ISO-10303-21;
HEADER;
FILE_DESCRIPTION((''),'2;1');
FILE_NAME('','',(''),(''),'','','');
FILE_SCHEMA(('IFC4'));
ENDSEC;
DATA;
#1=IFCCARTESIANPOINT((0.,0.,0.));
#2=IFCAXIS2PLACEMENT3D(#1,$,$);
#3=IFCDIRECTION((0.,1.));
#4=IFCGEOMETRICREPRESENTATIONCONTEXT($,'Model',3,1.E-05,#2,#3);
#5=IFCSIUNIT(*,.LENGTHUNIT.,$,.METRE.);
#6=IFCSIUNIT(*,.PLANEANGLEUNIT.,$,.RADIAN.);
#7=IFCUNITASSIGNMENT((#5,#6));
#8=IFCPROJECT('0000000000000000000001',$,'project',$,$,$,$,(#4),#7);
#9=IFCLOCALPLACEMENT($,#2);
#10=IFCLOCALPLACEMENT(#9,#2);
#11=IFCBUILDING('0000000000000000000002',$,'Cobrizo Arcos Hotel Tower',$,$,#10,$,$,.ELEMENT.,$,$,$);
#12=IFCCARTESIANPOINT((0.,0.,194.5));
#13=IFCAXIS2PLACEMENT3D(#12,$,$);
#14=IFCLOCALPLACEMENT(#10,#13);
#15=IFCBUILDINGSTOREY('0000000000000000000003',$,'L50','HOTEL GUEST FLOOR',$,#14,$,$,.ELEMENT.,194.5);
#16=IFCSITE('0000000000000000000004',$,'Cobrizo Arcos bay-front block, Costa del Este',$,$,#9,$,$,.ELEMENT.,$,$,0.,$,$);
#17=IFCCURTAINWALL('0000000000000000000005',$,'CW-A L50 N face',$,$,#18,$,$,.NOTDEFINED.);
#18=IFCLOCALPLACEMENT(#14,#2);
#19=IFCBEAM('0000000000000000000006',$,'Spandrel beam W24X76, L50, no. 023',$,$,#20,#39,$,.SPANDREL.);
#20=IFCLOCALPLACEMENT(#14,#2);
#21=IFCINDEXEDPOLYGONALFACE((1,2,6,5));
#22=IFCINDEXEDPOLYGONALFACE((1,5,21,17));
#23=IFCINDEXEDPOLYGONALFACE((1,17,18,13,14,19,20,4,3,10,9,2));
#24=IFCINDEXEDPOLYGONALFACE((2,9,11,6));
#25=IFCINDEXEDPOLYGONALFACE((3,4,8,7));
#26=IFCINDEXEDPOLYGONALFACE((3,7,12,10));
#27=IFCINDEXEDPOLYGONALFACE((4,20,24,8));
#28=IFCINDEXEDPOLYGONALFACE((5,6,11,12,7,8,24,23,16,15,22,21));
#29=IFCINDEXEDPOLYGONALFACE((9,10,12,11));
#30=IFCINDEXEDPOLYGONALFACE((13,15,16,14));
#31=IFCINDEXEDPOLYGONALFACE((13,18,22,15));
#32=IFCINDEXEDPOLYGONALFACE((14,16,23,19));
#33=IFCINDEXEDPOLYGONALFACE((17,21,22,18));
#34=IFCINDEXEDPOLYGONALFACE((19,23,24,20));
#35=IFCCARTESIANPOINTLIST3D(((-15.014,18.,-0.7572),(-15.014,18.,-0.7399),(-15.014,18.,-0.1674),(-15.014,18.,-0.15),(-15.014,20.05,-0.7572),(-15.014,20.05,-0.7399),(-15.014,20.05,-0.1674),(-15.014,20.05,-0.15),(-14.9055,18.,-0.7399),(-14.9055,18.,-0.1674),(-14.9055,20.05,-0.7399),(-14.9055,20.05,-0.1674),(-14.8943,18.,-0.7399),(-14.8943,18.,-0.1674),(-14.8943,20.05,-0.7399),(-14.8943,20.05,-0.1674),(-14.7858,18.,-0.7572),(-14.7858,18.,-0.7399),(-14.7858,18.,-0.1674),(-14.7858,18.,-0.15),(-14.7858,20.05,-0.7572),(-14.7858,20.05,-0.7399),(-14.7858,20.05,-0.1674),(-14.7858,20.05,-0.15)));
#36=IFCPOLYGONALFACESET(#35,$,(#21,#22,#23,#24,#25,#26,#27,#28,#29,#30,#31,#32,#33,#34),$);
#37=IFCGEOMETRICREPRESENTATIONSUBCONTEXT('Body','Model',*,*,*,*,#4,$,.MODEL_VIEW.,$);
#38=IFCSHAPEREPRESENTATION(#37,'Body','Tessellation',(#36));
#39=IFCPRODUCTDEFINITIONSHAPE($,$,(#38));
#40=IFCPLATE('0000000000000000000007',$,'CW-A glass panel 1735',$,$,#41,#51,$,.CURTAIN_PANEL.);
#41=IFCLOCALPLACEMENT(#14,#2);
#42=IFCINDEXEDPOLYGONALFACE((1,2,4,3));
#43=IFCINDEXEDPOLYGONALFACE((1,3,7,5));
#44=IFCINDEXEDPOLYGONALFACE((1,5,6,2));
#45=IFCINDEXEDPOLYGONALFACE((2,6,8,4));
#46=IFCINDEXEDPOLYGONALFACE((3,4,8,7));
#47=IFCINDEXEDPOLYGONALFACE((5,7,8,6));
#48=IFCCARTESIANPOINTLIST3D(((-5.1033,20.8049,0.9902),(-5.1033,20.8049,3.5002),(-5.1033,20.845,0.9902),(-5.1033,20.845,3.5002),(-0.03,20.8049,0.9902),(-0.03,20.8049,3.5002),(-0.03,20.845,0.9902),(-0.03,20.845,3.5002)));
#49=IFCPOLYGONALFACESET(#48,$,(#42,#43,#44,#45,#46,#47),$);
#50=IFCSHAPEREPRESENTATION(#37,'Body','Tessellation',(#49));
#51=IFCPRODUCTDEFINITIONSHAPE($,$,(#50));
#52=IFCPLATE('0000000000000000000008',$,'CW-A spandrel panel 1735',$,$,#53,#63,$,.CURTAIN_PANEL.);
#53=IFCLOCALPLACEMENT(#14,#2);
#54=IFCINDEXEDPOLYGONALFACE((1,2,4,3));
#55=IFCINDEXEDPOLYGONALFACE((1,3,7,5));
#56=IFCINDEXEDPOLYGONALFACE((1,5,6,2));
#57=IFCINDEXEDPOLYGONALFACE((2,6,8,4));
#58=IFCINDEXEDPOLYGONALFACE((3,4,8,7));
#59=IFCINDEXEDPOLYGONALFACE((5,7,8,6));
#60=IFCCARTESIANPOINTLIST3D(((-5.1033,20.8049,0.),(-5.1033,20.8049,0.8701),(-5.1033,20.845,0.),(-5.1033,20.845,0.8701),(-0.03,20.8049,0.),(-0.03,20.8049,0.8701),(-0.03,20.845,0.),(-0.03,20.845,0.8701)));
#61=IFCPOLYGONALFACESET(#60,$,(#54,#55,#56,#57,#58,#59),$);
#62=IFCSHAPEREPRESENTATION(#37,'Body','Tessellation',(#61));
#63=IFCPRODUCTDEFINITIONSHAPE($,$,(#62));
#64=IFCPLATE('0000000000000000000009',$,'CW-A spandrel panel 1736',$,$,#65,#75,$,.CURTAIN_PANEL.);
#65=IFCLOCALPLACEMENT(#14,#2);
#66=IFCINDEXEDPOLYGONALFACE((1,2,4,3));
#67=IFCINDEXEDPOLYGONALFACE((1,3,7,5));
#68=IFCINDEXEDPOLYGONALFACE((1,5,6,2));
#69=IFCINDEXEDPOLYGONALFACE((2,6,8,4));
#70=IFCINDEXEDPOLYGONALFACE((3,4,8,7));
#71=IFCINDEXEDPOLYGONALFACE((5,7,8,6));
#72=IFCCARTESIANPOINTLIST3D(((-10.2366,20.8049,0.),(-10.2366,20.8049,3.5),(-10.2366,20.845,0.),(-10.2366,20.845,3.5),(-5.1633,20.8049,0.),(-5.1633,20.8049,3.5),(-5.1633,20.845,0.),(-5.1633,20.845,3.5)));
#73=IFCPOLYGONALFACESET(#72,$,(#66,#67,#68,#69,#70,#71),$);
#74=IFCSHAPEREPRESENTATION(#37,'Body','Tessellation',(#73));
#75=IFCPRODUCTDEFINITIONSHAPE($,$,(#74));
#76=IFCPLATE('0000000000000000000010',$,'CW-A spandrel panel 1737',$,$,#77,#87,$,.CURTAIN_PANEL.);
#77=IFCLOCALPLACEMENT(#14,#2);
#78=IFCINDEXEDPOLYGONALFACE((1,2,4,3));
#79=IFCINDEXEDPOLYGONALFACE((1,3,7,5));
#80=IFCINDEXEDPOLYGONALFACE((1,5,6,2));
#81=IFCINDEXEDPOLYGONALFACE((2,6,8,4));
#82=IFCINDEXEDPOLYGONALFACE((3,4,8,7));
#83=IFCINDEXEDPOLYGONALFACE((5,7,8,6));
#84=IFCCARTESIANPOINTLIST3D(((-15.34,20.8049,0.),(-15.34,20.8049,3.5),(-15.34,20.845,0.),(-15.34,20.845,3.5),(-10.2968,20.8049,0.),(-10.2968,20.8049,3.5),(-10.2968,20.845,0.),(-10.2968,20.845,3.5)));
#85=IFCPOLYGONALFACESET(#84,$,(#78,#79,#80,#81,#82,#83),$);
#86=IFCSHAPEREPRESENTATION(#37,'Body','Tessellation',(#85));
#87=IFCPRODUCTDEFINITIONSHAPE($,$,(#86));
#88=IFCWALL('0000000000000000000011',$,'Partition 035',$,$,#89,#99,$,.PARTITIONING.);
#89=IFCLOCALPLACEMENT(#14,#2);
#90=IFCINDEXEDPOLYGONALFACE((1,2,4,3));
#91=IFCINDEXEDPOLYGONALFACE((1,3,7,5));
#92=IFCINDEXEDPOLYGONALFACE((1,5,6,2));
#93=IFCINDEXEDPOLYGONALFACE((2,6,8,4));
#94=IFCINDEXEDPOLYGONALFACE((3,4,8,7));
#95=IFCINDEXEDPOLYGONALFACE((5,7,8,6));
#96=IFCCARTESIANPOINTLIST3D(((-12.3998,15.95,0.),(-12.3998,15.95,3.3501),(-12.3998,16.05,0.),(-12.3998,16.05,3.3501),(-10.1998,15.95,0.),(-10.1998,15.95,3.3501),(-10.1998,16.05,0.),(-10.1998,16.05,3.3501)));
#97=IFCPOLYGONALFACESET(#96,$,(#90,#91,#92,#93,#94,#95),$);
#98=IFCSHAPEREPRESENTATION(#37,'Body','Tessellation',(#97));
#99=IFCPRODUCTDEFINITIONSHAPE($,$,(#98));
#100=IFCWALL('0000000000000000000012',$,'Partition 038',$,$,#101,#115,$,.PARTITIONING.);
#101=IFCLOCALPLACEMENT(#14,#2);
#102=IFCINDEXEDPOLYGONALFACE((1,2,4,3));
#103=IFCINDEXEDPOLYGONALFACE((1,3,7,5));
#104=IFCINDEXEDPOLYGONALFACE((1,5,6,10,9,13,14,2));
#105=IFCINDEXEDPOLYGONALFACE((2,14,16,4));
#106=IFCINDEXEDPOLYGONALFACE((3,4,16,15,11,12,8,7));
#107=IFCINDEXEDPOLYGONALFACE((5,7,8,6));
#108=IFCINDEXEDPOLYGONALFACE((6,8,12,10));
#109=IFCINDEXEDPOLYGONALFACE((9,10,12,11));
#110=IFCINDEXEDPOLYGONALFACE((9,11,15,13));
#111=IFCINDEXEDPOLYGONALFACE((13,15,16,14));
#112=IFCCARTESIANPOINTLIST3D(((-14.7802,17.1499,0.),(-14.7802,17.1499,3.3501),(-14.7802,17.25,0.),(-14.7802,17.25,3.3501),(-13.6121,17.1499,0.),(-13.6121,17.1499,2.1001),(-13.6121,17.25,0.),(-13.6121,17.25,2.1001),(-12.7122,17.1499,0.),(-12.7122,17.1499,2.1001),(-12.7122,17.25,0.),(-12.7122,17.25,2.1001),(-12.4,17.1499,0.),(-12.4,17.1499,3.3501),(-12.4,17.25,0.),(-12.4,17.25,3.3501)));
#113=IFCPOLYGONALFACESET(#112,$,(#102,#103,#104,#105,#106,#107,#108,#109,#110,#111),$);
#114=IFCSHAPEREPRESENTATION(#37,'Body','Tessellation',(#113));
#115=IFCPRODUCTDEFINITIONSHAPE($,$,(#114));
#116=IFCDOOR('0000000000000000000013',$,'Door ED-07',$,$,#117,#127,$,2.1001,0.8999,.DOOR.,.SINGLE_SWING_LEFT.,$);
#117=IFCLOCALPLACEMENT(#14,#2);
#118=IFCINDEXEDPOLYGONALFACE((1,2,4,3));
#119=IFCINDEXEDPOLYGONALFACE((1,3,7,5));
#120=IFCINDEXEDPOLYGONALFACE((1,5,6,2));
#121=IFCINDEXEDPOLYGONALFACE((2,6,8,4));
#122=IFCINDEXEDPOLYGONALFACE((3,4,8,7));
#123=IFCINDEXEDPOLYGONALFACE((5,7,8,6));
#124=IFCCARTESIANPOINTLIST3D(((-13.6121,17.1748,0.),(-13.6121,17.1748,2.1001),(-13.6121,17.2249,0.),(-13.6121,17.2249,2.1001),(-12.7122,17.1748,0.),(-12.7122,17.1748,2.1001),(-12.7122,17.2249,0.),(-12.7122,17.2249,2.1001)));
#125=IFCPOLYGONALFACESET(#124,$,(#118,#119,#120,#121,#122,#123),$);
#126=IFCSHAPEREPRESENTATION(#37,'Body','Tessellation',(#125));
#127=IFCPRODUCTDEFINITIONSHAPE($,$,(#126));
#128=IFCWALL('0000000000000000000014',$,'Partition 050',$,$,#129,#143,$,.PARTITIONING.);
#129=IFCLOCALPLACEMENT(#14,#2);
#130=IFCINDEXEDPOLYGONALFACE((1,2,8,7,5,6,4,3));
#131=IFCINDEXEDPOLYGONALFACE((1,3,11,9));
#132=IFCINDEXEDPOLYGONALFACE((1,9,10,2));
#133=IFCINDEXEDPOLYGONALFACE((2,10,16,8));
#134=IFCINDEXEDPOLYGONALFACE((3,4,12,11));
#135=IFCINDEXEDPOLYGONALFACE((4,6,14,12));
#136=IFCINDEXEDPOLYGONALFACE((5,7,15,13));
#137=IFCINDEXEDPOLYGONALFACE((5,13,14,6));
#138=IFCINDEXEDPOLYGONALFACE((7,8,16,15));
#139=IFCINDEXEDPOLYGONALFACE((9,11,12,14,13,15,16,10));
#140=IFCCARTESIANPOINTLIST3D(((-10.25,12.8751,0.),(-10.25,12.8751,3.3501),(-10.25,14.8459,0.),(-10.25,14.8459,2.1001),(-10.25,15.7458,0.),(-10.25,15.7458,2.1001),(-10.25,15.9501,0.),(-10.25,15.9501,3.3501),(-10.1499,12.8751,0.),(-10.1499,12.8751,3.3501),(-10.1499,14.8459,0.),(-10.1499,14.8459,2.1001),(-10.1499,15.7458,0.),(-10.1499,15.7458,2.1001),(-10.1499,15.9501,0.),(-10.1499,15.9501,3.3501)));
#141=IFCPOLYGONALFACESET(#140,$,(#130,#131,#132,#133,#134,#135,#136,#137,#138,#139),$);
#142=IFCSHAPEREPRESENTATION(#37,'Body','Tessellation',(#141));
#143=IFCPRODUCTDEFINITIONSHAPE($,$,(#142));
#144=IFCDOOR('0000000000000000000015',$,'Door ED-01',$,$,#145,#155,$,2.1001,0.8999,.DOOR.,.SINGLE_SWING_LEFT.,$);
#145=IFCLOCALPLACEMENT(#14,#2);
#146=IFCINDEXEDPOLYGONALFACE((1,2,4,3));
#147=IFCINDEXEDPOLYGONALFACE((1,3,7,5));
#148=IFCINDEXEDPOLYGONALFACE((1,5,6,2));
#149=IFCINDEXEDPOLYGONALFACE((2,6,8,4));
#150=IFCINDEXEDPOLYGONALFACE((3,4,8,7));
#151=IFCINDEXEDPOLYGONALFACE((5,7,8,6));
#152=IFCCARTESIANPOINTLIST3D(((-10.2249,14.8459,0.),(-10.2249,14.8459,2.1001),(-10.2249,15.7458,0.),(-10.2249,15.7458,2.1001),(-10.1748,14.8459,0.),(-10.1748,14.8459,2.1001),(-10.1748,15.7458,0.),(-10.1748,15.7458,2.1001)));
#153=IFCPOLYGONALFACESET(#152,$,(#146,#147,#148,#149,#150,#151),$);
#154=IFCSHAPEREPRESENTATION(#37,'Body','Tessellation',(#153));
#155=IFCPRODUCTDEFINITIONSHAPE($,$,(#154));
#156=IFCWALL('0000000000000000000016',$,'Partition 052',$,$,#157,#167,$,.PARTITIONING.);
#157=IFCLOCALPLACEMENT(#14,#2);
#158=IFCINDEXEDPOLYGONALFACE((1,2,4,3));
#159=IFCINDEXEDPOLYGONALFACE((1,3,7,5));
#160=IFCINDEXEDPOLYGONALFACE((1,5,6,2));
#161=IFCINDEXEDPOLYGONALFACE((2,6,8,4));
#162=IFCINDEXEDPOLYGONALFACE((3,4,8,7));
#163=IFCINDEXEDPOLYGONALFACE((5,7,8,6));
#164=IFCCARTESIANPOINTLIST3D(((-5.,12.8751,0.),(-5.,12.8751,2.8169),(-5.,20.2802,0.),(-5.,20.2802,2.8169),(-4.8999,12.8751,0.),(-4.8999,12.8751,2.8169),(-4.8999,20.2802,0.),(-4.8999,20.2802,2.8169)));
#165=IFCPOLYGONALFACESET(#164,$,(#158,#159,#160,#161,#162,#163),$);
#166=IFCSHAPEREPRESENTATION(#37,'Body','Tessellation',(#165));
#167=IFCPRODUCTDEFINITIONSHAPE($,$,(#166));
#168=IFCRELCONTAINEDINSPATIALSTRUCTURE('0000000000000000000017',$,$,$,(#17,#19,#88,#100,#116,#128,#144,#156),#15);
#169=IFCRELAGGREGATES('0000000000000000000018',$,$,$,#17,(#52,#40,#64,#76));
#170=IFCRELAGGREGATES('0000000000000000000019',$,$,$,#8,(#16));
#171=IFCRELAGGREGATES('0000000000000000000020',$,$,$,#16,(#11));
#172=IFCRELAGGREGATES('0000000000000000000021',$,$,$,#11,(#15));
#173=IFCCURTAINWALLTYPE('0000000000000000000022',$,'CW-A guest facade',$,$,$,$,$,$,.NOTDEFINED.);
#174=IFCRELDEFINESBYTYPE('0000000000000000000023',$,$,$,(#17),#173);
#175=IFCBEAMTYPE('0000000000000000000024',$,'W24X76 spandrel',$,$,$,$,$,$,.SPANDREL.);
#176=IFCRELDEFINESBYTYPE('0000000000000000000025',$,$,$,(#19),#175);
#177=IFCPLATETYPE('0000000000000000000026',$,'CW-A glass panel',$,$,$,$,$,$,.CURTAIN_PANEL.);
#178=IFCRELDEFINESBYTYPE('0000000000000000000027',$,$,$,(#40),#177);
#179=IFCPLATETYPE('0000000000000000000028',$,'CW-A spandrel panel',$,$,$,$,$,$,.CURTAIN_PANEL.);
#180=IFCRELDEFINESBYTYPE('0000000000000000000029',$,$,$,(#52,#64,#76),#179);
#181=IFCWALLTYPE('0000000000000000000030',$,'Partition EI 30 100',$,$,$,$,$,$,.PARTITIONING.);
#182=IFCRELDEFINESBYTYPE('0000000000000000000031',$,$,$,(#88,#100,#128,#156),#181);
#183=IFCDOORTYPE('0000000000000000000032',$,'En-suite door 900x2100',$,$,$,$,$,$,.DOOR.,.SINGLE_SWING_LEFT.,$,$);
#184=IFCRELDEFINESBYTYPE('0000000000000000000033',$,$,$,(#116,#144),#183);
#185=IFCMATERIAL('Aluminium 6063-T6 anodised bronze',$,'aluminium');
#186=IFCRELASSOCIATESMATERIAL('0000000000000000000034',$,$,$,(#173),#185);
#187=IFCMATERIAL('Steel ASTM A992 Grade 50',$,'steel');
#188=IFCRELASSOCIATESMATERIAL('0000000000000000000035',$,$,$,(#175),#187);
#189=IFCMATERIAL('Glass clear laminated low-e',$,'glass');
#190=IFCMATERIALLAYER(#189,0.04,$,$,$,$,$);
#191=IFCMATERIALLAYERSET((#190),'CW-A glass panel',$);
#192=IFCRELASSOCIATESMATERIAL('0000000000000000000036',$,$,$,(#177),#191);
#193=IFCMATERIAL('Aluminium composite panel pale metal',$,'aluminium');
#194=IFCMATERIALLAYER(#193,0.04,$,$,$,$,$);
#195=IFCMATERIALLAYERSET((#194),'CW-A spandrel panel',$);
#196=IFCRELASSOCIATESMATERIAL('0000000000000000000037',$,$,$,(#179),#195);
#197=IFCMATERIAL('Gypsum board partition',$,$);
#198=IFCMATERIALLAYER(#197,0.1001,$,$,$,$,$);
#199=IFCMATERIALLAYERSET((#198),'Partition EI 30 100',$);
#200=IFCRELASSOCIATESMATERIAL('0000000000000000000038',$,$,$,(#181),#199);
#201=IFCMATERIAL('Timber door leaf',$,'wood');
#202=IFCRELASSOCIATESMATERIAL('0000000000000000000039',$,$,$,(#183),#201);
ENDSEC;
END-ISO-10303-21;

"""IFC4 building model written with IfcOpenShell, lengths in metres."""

from ifc_helpers import new_model, si_unit, direction, frame, frame_2d, origin, origin_2d, place, context, subcontext, project, spatial, rectangle, i_section, extrude, material, layer, layer_set, material_profile, profile_set, type_object, element, fill, aggregate, save


model = new_model("IFC4")

# Units and contexts
model_context = context("Model", 3, precision=1e-05, world=origin(), true_north=direction((0.0, 1.0)))
body_context = subcontext(model_context, "Body", "Model", "MODEL_VIEW")
ifc_project = project(units=[si_unit("LENGTHUNIT", "METRE"), si_unit("PLANEANGLEUNIT", "RADIAN")], contexts=[model_context])

# Site, building, storey
site_placement = place(None, origin())
site = spatial("IfcSite", under=ifc_project, at=site_placement, Name="Cobrizo Arcos bay-front block, Costa del Este", CompositionType="ELEMENT", RefElevation=0.0)
building_placement = place(site_placement, origin())
building = spatial("IfcBuilding", under=site, at=building_placement, Name="Cobrizo Arcos Hotel Tower", CompositionType="ELEMENT")
storey_placement = place(building_placement, frame((0.0, 0.0, 194.5)))
storey = spatial("IfcBuildingStorey", under=building, at=storey_placement, Name="L50", Description="HOTEL GUEST FLOOR", CompositionType="ELEMENT", Elevation=194.5)

# Curtain wall
ifc_material_1 = material(Name="Aluminium 6063-T6 anodised bronze", Category="aluminium")
curtain_wall_type = type_object("IfcCurtainWallType", Name="CW-A guest facade", PredefinedType="NOTDEFINED", material=ifc_material_1)
curtain_wall_placement = place(storey_placement, origin())
curtain_wall = element("IfcCurtainWall", 1, at=curtain_wall_placement, inside=storey, type_object=curtain_wall_type, Name="CW-A L50 N face", PredefinedType="NOTDEFINED")

# Beam
ifc_material_2 = material(Name="Steel ASTM A992 Grade 50", Category="steel")
ifc_material_profile_1 = material_profile(ifc_material_2, i_section(OverallWidth=0.2283, OverallDepth=0.6072, WebThickness=0.0112, FlangeThickness=0.0173, at=origin_2d()), Name="W24X76")
ifc_profile_set_1 = profile_set([ifc_material_profile_1], Name="Steel ASTM A992 Grade 50")
beam_type = type_object("IfcBeamType", Name="W24X76 spandrel", PredefinedType="SPANDREL", material=ifc_profile_set_1)
beam_1_placement = place(storey_placement, frame((-14.8999, 20.05, -0.4536), z_axis=(0.0, -1.0, 0.0), x_axis=(1.0, 0.0, 0.0)))
element("IfcBeam", 2, at=beam_1_placement, inside=storey, type_object=beam_type, Name="Spandrel beam W24X76, L50, no. 023", PredefinedType="SPANDREL", context=body_context, shape_type="SweptSolid", body=[
    extrude(i_section(OverallWidth=0.2283, OverallDepth=0.6072, WebThickness=0.0112, FlangeThickness=0.0173, at=origin_2d()), origin(), (0.0, 0.0, 1.0), 2.05),
])

# Plates
ifc_material_3 = material(Name="Glass clear laminated low-e", Category="glass")
ifc_layer_1 = layer(ifc_material_3, 0.04)
ifc_layer_set_1 = layer_set([ifc_layer_1], Name="CW-A glass panel")
plate_type_1 = type_object("IfcPlateType", Name="CW-A glass panel", PredefinedType="CURTAIN_PANEL", material=ifc_layer_set_1)
plate_1_placement = place(storey_placement, frame((-2.5667, 20.825, 0.9902), z_axis=(0.0, 0.0, 1.0), x_axis=(-1.0, 0.0, 0.0)))
plate_1 = element("IfcPlate", 3, at=plate_1_placement, type_object=plate_type_1, Name="CW-A glass panel 1735", PredefinedType="CURTAIN_PANEL", context=body_context, shape_type="SweptSolid", body=[
    extrude(rectangle(XDim=5.0732, YDim=0.04, at=origin_2d()), origin(), (0.0, 0.0, 1.0), 2.51),
])
ifc_material_4 = material(Name="Aluminium composite panel pale metal", Category="aluminium")
ifc_layer_2 = layer(ifc_material_4, 0.04)
ifc_layer_set_2 = layer_set([ifc_layer_2], Name="CW-A spandrel panel")
plate_type_2 = type_object("IfcPlateType", Name="CW-A spandrel panel", PredefinedType="CURTAIN_PANEL", material=ifc_layer_set_2)
plate_2_placement = place(storey_placement, frame((-2.5667, 20.825, 0.0), z_axis=(0.0, 0.0, 1.0), x_axis=(-1.0, 0.0, 0.0)))
plate_2 = element("IfcPlate", 4, at=plate_2_placement, type_object=plate_type_2, Name="CW-A spandrel panel 1735", PredefinedType="CURTAIN_PANEL", context=body_context, shape_type="SweptSolid", body=[
    extrude(rectangle(XDim=5.0732, YDim=0.04, at=origin_2d()), origin(), (0.0, 0.0, 1.0), 0.8701),
])
plate_3_placement = place(storey_placement, frame((-7.7, 20.825, 0.0), z_axis=(0.0, 0.0, 1.0), x_axis=(-1.0, 0.0, 0.0)))
plate_3 = element("IfcPlate", 5, at=plate_3_placement, type_object=plate_type_2, Name="CW-A spandrel panel 1736", PredefinedType="CURTAIN_PANEL", context=body_context, shape_type="SweptSolid", body=[
    extrude(rectangle(XDim=5.0732, YDim=0.04, at=origin_2d()), origin(), (0.0, 0.0, 1.0), 3.5),
])
plate_4_placement = place(storey_placement, frame((-12.8184, 20.825, 0.0), z_axis=(0.0, 0.0, 1.0), x_axis=(-1.0, 0.0, 0.0)))
plate_4 = element("IfcPlate", 6, at=plate_4_placement, type_object=plate_type_2, Name="CW-A spandrel panel 1737", PredefinedType="CURTAIN_PANEL", context=body_context, shape_type="SweptSolid", body=[
    extrude(rectangle(XDim=5.0432, YDim=0.04, at=origin_2d()), origin(), (0.0, 0.0, 1.0), 3.5),
])
aggregate(curtain_wall, [plate_2, plate_1, plate_3, plate_4])

# Wall
ifc_material_5 = material(Name="Gypsum board partition")
ifc_layer_3 = layer(ifc_material_5, 0.1001)
ifc_layer_set_3 = layer_set([ifc_layer_3], Name="Partition EI 30 100")
wall_type = type_object("IfcWallType", Name="Partition EI 30 100", PredefinedType="PARTITIONING", material=ifc_layer_set_3)
wall_1_placement = place(storey_placement, frame((-12.3999, 16.0, 0.0), z_axis=(0.0, 0.0, 1.0), x_axis=(1.0, 0.0, 0.0)))
element("IfcWall", 7, at=wall_1_placement, inside=storey, type_object=wall_type, Name="Partition 035", PredefinedType="PARTITIONING", context=body_context, shape_type="SweptSolid", body=[
    extrude(rectangle(XDim=2.2, YDim=0.1001, at=frame_2d((1.1001, 0.0))), origin(), (0.0, 0.0, 1.0), 3.3501),
])

# Walls, openings, doors
wall_2_placement = place(storey_placement, frame((-14.78, 17.2, 0.0), z_axis=(0.0, 0.0, 1.0), x_axis=(1.0, 0.0, 0.0)))
wall_2 = element("IfcWall", 8, at=wall_2_placement, inside=storey, type_object=wall_type, Name="Partition 038", PredefinedType="PARTITIONING", context=body_context, shape_type="SweptSolid", body=[
    extrude(rectangle(XDim=2.3801, YDim=0.1001, at=frame_2d((1.1899, 0.0))), origin(), (0.0, 0.0, 1.0), 3.3501),
])
opening_1_placement = place(wall_2_placement, frame((1.168, 0.0, 0.0)))
opening_1 = element("IfcOpeningElement", 9, at=opening_1_placement, cuts=wall_2, PredefinedType="OPENING", context=body_context, shape_type="SweptSolid", body=[
    extrude(rectangle(XDim=0.8999, YDim=2.1001, at=frame_2d((0.45, 1.05))), frame((0.0, 0.062, 0.0), z_axis=(0.0, -1.0, 0.0), x_axis=(1.0, 0.0, 0.0)), (0.0, 0.0, 1.0), 0.124),
])
ifc_material_6 = material(Name="Timber door leaf", Category="wood")
door_type_1 = type_object("IfcDoorType", Name="En-suite door 900x2100", OperationType="SINGLE_SWING_LEFT", PredefinedType="DOOR", material=ifc_material_6)
door_1_placement = place(opening_1_placement, origin())
door_1 = element("IfcDoor", 10, at=door_1_placement, inside=storey, type_object=door_type_1, Name="Door ED-07", OperationType="SINGLE_SWING_LEFT", OverallHeight=2.1001, OverallWidth=0.8999, PredefinedType="DOOR", context=body_context, shape_type="SweptSolid", body=[
    extrude(rectangle(XDim=0.8999, YDim=2.1001, at=frame_2d((0.45, 1.05))), frame((0.0, 0.0249, 0.0), z_axis=(0.0, -1.0, 0.0), x_axis=(1.0, 0.0, 0.0)), (0.0, 0.0, 1.0), 0.05),
])
fill(opening_1, door_1)
wall_3_placement = place(storey_placement, frame((-10.2, 12.875, 0.0), z_axis=(0.0, 0.0, 1.0), x_axis=(0.0, 1.0, 0.0)))
wall_3 = element("IfcWall", 11, at=wall_3_placement, inside=storey, type_object=wall_type, Name="Partition 050", PredefinedType="PARTITIONING", context=body_context, shape_type="SweptSolid", body=[
    extrude(rectangle(XDim=3.075, YDim=0.1001, at=frame_2d((1.5376, 0.0))), origin(), (0.0, 0.0, 1.0), 3.3501),
])
opening_2_placement = place(wall_3_placement, frame((1.9709, 0.0, 0.0)))
opening_2 = element("IfcOpeningElement", 12, at=opening_2_placement, cuts=wall_3, PredefinedType="OPENING", context=body_context, shape_type="SweptSolid", body=[
    extrude(rectangle(XDim=0.8999, YDim=2.1001, at=frame_2d((0.45, 1.05))), frame((0.0, 0.062, 0.0), z_axis=(0.0, -1.0, 0.0), x_axis=(1.0, 0.0, 0.0)), (0.0, 0.0, 1.0), 0.124),
])
door_2_placement = place(opening_2_placement, origin())
door_2 = element("IfcDoor", 13, at=door_2_placement, inside=storey, type_object=door_type_1, Name="Door ED-01", OperationType="SINGLE_SWING_LEFT", OverallHeight=2.1001, OverallWidth=0.8999, PredefinedType="DOOR", context=body_context, shape_type="SweptSolid", body=[
    extrude(rectangle(XDim=0.8999, YDim=2.1001, at=frame_2d((0.45, 1.05))), frame((0.0, 0.0249, 0.0), z_axis=(0.0, -1.0, 0.0), x_axis=(1.0, 0.0, 0.0)), (0.0, 0.0, 1.0), 0.05),
])
fill(opening_2, door_2)

# Wall
wall_4_placement = place(storey_placement, frame((-4.95, 12.875, 0.0), z_axis=(0.0, 0.0, 1.0), x_axis=(0.0, 1.0, 0.0)))
element("IfcWall", 14, at=wall_4_placement, inside=storey, type_object=wall_type, Name="Partition 052", PredefinedType="PARTITIONING", context=body_context, shape_type="SweptSolid", body=[
    extrude(rectangle(XDim=7.405, YDim=0.1001, at=frame_2d((3.7026, 0.0))), origin(), (0.0, 0.0, 1.0), 2.8169),
])

save(model, "model.ifc")
